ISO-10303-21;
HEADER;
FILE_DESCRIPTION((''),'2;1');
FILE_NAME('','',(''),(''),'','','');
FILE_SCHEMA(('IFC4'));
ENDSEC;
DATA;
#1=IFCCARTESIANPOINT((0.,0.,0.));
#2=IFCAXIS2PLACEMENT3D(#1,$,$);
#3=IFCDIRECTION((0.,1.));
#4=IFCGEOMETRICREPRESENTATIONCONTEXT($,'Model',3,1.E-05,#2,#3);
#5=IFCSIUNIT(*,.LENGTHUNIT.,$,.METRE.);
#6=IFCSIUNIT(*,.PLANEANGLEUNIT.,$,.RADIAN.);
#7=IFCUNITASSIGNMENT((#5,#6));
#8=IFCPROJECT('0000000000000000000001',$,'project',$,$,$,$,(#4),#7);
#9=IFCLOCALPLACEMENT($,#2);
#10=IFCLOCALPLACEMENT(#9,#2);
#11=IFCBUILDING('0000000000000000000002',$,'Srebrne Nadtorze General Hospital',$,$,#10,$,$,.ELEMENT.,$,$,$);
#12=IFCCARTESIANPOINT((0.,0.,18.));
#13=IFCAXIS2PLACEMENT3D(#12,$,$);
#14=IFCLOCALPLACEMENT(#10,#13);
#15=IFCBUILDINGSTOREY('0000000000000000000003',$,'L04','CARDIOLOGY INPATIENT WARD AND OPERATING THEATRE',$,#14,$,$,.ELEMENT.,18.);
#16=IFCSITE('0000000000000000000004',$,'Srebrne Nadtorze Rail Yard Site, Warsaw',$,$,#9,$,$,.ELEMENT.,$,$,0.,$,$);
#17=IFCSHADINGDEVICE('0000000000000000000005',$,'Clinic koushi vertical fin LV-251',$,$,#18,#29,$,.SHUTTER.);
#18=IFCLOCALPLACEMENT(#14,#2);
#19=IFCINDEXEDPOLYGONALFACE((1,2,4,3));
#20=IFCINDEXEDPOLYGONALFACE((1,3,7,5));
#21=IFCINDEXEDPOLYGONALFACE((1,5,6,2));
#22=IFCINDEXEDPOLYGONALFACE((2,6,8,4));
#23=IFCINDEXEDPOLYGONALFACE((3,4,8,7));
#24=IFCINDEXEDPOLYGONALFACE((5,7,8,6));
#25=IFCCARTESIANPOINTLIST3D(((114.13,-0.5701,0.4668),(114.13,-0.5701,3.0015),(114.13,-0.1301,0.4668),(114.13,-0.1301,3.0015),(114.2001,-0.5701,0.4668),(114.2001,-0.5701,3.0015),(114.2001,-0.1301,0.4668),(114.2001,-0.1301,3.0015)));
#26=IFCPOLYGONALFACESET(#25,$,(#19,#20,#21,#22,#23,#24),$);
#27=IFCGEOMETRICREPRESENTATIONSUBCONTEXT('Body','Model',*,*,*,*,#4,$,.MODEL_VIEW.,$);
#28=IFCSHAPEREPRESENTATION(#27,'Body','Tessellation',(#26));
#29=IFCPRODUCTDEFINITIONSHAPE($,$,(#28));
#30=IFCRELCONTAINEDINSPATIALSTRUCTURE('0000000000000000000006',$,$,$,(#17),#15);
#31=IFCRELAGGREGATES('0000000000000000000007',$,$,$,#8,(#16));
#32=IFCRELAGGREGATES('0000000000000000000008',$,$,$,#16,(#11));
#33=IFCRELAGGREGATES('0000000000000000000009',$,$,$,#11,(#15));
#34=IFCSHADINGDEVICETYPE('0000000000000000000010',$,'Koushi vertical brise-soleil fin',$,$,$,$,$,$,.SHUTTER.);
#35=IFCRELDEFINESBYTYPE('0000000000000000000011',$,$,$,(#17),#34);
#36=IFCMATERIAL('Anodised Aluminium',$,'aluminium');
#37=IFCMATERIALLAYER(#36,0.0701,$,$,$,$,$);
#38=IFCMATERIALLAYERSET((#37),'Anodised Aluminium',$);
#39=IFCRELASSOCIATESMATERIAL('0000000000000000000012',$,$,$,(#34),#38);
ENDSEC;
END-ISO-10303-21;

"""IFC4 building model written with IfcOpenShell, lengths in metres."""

from ifc_helpers import new_model, si_unit, direction, frame, origin, origin_2d, place, context, subcontext, project, spatial, rectangle, extrude, material, layer, layer_set, type_object, element, save


model = new_model("IFC4")

# Units and contexts
model_context = context("Model", 3, precision=1e-05, world=origin(), true_north=direction((0.0, 1.0)))
body_context = subcontext(model_context, "Body", "Model", "MODEL_VIEW")
ifc_project = project(units=[si_unit("LENGTHUNIT", "METRE"), si_unit("PLANEANGLEUNIT", "RADIAN")], contexts=[model_context])

# Site, building, storey
site_placement = place(None, origin())
site = spatial("IfcSite", under=ifc_project, at=site_placement, Name="Srebrne Nadtorze Rail Yard Site, Warsaw", CompositionType="ELEMENT", RefElevation=0.0)
building_placement = place(site_placement, origin())
building = spatial("IfcBuilding", under=site, at=building_placement, Name="Srebrne Nadtorze General Hospital", CompositionType="ELEMENT")
storey_placement = place(building_placement, frame((0.0, 0.0, 18.0)))
storey = spatial("IfcBuildingStorey", under=building, at=storey_placement, Name="L04", Description="CARDIOLOGY INPATIENT WARD AND OPERATING THEATRE", CompositionType="ELEMENT", Elevation=18.0)

# Shading device
ifc_material_1 = material(Name="Anodised Aluminium", Category="aluminium")
ifc_layer_1 = layer(ifc_material_1, 0.0701)
ifc_layer_set_1 = layer_set([ifc_layer_1], Name="Anodised Aluminium")
shading_device_type = type_object("IfcShadingDeviceType", Name="Koushi vertical brise-soleil fin", PredefinedType="SHUTTER", material=ifc_layer_set_1)
for number, where, z_axis, x_axis, name in (
    (1, (114.165, -0.3501, 0.4668), (0.0, 0.0, 1.0), (1.0, 0.0, 0.0), "Clinic koushi vertical fin LV-251"),
):
    element("IfcShadingDevice", number, at=place(storey_placement, frame(where, z_axis=z_axis, x_axis=x_axis)), inside=storey, type_object=shading_device_type, Name=name, PredefinedType="SHUTTER", context=body_context, shape_type="SweptSolid", body=[
        extrude(rectangle(XDim=0.0701, YDim=0.4399, at=origin_2d()), origin(), (0.0, 0.0, 1.0), 2.5347),
    ])

save(model, "model.ifc")
